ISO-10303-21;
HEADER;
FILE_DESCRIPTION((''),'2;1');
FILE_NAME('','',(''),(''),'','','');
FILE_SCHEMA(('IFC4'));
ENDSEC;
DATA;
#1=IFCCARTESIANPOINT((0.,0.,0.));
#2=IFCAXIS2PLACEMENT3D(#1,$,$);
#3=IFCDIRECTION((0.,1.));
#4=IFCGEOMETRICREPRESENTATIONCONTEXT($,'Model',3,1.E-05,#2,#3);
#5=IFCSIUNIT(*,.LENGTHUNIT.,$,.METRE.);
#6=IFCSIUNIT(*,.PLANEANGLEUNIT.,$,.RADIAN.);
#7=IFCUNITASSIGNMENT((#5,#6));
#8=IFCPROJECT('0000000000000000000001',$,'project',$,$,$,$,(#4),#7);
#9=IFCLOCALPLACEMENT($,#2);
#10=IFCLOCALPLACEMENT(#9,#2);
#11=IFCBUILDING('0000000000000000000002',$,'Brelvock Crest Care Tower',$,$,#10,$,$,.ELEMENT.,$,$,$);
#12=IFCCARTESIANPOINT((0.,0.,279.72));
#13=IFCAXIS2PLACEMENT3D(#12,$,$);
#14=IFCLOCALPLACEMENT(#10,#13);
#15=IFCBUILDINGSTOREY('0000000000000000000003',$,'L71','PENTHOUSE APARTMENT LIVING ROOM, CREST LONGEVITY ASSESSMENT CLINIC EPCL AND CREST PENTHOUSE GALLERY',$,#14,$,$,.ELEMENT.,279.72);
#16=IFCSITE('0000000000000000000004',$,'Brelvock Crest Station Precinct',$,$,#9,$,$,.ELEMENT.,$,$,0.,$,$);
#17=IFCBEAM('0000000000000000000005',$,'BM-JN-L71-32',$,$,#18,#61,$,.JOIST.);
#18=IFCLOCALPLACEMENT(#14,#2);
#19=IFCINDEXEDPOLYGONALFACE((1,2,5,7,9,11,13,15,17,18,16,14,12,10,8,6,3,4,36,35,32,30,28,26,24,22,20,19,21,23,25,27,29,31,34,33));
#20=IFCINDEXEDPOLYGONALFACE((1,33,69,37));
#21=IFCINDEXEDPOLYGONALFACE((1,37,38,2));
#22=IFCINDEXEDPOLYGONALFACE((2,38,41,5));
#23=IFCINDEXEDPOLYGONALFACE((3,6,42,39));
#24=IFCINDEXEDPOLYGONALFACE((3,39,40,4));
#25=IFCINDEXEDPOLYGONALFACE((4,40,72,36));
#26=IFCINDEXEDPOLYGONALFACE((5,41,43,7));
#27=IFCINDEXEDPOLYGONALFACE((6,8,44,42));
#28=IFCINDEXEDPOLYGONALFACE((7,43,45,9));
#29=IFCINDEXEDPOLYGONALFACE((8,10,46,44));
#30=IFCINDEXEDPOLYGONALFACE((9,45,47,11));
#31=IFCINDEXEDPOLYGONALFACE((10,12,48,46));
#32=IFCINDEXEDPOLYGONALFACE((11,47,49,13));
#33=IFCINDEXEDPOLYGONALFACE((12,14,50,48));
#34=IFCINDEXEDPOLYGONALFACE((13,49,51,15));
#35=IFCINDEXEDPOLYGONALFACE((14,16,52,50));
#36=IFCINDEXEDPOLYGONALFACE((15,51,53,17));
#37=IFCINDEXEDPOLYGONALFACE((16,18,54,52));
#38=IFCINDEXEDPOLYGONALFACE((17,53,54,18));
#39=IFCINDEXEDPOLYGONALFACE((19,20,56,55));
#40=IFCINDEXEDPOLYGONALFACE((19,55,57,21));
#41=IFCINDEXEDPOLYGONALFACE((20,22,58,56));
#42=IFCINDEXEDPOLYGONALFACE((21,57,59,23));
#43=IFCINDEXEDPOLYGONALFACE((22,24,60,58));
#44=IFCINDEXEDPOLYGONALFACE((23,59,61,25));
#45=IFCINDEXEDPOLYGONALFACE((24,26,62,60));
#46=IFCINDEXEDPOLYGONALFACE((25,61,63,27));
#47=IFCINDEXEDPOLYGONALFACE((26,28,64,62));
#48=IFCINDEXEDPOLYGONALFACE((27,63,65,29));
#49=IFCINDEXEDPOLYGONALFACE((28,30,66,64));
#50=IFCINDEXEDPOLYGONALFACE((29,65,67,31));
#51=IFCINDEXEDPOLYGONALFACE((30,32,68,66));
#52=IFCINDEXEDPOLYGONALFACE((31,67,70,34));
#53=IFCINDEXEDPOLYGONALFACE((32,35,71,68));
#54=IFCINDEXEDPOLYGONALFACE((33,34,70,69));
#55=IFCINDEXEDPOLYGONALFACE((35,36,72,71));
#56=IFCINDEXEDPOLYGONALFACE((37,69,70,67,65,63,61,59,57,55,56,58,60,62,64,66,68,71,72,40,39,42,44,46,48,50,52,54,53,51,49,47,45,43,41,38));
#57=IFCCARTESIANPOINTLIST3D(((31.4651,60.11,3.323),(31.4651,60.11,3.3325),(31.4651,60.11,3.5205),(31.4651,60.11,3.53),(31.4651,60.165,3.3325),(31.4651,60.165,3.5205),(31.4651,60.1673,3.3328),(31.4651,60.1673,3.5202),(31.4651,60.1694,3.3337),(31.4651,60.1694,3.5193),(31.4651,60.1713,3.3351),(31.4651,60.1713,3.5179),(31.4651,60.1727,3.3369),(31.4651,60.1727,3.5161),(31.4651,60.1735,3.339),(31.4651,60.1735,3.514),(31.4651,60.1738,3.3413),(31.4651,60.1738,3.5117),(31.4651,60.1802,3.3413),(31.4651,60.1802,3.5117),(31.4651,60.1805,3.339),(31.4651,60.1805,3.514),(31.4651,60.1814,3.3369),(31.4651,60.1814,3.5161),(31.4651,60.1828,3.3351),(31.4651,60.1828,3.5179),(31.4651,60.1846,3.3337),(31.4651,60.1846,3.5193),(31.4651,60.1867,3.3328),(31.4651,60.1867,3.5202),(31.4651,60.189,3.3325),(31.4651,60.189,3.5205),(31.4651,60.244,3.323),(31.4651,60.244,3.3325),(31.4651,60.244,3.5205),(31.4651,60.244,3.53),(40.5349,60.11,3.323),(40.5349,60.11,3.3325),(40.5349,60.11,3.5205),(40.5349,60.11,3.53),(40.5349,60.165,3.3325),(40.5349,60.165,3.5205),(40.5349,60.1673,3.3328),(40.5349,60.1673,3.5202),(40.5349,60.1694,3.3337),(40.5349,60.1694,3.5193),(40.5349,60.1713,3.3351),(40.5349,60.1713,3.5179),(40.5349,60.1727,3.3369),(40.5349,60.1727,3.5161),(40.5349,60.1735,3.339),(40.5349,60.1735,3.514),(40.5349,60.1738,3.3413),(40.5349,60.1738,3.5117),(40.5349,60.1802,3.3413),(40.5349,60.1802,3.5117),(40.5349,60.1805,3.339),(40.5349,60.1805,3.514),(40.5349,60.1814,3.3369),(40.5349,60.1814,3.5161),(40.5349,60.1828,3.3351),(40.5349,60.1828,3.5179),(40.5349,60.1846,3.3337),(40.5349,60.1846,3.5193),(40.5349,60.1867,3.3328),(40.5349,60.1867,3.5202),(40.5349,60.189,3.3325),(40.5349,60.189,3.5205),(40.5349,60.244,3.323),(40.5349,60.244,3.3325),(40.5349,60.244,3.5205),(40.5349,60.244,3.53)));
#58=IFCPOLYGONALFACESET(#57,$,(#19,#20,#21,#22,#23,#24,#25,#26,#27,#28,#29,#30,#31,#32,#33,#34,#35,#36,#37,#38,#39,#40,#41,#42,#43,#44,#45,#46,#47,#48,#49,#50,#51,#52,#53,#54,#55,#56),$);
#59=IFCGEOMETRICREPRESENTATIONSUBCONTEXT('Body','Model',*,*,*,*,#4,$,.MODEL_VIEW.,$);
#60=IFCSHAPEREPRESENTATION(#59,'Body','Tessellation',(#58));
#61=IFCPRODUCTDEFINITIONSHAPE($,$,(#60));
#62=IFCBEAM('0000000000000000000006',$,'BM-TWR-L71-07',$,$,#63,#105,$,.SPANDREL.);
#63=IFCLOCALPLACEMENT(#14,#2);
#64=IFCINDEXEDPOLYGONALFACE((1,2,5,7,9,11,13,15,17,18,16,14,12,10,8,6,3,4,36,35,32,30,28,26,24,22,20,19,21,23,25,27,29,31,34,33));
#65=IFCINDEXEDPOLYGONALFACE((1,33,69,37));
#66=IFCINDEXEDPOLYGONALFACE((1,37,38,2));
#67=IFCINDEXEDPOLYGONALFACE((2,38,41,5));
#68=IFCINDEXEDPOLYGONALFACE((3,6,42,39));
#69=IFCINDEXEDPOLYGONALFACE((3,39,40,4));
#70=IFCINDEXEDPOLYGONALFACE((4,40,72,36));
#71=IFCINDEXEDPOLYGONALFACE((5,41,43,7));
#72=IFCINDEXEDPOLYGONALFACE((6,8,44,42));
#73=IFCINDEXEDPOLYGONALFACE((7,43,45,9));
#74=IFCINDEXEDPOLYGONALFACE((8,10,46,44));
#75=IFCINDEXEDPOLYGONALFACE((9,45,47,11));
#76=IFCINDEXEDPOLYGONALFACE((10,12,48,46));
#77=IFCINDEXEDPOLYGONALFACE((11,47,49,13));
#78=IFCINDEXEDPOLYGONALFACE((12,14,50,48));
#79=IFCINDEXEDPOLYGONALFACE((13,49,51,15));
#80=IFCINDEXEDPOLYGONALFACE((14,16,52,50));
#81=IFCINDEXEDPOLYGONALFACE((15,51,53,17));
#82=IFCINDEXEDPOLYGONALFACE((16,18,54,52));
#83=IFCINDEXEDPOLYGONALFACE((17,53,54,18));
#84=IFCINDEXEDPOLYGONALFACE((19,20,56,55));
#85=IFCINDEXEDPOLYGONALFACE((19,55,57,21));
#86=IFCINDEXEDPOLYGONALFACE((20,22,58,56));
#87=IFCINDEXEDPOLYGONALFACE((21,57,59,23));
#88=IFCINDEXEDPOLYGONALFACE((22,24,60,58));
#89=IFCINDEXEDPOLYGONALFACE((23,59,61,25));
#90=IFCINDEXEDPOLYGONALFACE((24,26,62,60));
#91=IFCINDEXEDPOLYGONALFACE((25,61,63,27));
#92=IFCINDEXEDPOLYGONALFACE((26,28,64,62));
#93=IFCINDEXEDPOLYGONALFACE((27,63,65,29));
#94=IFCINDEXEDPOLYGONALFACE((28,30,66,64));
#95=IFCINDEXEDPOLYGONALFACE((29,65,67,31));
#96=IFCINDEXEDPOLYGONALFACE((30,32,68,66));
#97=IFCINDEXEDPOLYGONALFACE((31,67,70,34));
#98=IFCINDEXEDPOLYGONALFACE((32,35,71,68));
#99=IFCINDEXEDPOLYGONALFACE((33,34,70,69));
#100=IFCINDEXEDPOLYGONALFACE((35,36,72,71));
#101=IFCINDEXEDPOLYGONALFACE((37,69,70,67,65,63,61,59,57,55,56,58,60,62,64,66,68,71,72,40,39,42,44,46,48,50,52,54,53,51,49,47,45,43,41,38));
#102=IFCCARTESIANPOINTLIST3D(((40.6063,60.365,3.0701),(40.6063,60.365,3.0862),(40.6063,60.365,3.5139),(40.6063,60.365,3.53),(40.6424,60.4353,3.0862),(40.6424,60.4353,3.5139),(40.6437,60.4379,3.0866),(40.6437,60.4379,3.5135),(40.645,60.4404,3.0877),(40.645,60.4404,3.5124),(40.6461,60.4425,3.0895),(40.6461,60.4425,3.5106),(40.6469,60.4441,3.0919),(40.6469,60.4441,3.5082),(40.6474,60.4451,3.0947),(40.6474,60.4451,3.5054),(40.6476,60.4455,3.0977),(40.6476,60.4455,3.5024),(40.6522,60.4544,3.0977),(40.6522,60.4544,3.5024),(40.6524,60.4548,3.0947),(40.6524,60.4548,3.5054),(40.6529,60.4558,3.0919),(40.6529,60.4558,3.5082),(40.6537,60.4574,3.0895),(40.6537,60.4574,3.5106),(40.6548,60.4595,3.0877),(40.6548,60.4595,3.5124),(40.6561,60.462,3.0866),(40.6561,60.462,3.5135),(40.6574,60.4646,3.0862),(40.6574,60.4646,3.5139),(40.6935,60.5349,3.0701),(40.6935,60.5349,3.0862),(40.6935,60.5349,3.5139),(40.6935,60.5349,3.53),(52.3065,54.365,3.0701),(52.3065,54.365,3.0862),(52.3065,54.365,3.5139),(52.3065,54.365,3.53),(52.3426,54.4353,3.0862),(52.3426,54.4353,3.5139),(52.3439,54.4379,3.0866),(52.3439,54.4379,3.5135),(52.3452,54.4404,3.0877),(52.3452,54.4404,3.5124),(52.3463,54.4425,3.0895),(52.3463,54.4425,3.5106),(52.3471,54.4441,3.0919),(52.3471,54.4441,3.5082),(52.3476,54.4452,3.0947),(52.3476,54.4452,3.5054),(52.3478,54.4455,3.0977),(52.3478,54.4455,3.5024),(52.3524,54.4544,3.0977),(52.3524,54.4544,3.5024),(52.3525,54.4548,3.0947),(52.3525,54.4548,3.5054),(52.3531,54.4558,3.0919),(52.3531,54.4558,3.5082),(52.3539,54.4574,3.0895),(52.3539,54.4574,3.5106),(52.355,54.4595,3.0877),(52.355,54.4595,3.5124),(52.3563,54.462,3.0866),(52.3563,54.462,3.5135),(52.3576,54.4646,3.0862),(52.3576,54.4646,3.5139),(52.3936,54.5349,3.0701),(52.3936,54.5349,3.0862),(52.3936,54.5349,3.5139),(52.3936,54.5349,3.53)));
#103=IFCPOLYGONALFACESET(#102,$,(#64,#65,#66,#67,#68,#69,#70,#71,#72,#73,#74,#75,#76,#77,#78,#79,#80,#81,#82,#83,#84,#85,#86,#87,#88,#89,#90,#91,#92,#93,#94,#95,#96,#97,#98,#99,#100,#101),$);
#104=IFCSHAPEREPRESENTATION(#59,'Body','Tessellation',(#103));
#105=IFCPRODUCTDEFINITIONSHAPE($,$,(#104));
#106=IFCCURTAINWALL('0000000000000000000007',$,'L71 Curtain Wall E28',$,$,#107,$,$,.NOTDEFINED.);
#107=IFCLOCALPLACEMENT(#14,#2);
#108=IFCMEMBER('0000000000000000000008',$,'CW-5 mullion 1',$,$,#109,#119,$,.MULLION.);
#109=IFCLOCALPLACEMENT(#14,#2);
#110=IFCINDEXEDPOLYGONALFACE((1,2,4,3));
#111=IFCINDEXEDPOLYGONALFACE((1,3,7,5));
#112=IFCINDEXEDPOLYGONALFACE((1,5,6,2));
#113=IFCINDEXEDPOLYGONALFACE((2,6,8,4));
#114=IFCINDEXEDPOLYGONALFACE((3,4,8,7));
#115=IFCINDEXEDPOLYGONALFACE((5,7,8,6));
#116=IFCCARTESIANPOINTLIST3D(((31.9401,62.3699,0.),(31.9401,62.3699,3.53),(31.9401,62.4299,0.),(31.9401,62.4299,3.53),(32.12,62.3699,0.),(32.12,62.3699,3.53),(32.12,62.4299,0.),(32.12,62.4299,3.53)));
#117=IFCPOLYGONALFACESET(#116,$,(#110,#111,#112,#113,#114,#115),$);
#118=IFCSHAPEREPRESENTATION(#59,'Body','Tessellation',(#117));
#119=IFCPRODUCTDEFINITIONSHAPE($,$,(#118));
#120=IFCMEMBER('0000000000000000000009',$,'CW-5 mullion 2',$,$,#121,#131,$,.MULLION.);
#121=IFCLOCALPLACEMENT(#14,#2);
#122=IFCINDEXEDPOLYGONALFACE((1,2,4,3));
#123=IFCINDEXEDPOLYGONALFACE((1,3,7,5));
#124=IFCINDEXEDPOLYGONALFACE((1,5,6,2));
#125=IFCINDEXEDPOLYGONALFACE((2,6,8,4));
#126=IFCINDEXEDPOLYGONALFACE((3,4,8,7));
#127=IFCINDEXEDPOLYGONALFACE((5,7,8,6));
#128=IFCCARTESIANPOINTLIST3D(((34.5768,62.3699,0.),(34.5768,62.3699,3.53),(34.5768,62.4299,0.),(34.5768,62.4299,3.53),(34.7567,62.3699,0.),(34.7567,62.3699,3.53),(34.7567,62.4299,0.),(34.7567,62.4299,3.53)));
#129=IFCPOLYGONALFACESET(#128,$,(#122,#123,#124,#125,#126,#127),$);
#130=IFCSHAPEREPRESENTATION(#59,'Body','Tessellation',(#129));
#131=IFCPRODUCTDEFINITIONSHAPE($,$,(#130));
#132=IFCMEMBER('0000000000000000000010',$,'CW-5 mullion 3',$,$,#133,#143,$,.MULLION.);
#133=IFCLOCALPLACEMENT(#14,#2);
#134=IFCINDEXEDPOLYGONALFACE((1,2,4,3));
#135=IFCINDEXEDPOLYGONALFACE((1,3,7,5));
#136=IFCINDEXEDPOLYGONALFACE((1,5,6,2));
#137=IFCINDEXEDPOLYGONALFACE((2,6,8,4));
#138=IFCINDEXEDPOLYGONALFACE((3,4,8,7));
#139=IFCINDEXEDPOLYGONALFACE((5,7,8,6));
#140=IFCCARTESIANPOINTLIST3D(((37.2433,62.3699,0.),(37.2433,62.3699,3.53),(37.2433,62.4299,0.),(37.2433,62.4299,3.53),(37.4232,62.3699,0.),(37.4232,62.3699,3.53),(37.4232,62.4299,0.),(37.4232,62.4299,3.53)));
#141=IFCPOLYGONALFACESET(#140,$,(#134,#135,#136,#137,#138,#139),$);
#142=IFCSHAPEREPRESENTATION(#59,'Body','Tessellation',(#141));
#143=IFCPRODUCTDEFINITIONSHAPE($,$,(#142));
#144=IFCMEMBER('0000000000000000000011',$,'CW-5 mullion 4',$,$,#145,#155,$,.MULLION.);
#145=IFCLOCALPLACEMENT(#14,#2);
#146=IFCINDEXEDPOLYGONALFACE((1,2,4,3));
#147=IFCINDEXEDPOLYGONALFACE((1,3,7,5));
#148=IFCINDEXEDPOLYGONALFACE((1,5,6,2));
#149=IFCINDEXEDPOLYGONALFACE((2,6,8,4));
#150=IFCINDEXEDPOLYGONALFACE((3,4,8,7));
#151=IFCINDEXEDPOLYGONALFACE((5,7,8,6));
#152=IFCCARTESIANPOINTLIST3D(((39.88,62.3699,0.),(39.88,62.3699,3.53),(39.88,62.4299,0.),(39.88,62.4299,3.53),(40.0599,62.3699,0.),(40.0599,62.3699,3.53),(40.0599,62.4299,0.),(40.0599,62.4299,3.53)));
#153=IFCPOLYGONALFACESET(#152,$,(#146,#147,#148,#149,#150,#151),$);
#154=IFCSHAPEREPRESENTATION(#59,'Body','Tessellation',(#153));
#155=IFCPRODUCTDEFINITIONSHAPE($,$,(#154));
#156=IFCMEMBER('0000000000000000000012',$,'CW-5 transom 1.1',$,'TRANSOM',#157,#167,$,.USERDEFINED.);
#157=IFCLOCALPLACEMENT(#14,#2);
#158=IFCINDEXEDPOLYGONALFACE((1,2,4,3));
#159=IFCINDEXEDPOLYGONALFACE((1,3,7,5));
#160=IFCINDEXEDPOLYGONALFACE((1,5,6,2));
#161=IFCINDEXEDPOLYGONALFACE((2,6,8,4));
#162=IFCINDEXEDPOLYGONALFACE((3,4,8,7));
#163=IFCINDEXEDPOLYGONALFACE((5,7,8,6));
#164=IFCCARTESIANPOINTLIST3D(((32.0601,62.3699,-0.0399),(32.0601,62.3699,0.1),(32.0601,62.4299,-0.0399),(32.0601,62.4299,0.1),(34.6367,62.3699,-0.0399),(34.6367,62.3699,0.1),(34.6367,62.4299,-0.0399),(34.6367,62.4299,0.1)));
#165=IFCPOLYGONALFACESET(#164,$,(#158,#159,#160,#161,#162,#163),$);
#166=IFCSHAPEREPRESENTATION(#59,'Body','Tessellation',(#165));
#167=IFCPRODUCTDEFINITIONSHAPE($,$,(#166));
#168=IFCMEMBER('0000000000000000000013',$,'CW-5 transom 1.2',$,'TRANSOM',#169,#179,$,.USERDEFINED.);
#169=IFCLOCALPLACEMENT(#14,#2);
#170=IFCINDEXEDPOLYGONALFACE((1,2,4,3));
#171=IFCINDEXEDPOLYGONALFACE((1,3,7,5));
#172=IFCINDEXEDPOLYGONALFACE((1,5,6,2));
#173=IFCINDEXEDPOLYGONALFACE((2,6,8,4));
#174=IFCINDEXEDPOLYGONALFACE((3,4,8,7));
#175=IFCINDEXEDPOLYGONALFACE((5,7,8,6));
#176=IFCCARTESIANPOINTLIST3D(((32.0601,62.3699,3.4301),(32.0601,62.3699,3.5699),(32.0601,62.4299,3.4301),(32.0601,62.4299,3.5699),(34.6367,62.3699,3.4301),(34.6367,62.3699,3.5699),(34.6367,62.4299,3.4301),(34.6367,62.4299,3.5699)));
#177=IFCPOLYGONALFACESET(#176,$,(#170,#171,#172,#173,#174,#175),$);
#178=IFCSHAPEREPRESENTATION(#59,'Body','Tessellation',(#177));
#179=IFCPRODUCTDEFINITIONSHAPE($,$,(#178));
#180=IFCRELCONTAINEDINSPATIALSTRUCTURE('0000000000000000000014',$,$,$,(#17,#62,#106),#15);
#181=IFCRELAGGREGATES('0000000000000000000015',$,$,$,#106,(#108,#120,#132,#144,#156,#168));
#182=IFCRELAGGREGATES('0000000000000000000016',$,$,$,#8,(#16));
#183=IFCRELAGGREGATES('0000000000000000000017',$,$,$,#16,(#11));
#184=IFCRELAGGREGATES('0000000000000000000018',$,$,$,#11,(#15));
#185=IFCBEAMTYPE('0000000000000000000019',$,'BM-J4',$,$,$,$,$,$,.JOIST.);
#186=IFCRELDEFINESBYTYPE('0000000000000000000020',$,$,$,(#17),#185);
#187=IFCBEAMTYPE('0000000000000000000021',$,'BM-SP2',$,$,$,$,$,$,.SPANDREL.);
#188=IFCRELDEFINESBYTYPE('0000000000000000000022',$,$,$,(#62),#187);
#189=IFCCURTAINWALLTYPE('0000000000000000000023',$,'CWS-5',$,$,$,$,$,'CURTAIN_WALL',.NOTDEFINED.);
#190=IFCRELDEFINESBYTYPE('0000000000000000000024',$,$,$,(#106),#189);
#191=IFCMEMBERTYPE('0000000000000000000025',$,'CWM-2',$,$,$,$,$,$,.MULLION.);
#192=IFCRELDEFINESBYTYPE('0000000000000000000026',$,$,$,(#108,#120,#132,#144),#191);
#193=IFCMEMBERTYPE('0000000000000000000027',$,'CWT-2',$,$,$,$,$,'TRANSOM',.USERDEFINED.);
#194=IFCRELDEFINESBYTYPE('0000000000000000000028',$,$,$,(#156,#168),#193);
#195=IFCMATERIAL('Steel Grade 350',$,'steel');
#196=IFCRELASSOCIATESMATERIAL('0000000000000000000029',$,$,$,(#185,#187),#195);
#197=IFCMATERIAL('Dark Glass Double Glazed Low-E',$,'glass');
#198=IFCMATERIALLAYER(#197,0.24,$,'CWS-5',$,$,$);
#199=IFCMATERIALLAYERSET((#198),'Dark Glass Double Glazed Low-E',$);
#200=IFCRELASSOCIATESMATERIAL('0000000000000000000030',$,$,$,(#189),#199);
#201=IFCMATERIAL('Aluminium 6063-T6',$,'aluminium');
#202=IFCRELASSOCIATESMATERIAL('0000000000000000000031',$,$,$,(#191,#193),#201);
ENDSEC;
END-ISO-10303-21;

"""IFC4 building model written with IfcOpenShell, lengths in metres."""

from ifc_helpers import new_model, si_unit, direction, frame, origin, origin_2d, place, context, subcontext, project, spatial, rectangle, i_section, extrude, source, transform, mapped, material, layer, layer_set, material_profile, profile_set, type_object, element, aggregate, save


model = new_model("IFC4")

# Units and contexts
model_context = context("Model", 3, precision=1e-05, world=origin(), true_north=direction((0.0, 1.0)))
body_context = subcontext(model_context, "Body", "Model", "MODEL_VIEW")
ifc_project = project(units=[si_unit("LENGTHUNIT", "METRE"), si_unit("PLANEANGLEUNIT", "RADIAN")], contexts=[model_context])

# Site, building, storey
site_placement = place(None, origin())
site = spatial("IfcSite", under=ifc_project, at=site_placement, Name="Brelvock Crest Station Precinct", CompositionType="ELEMENT", RefElevation=0.0)
building_placement = place(site_placement, origin())
building = spatial("IfcBuilding", under=site, at=building_placement, Name="Brelvock Crest Care Tower", CompositionType="ELEMENT")
storey_placement = place(building_placement, frame((0.0, 0.0, 279.72)))
storey = spatial("IfcBuildingStorey", under=building, at=storey_placement, Name="L71", Description="PENTHOUSE APARTMENT LIVING ROOM, CREST LONGEVITY ASSESSMENT CLINIC EPCL AND CREST PENTHOUSE GALLERY", CompositionType="ELEMENT", Elevation=279.72)

# Shared definitions
ifc_material_1 = material(Name="Steel Grade 350", Category="steel")

# Beams
ifc_material_profile_1 = material_profile(ifc_material_1, i_section(OverallWidth=0.134, OverallDepth=0.207, WebThickness=0.0063, FlangeThickness=0.0095, FilletRadius=0.0088, at=origin_2d()), Name="200UB29.8")
ifc_profile_set_1 = profile_set([ifc_material_profile_1], Name="Steel Grade 350")
beam_type_1 = type_object("IfcBeamType", Name="BM-J4", PredefinedType="JOIST", material=ifc_profile_set_1)
shared_shape_1 = source(origin(), body_context, "Body", "SweptSolid", [
    extrude(i_section(OverallWidth=0.134, OverallDepth=0.207, WebThickness=0.0063, FlangeThickness=0.0095, FilletRadius=0.0088, at=origin_2d()), origin(), (0.0, 0.0, 1.0), 9.0698),
])
for number, where, z_axis, x_axis, name in (
    (1, (31.4651, 60.177, 3.4265), (1.0, 0.0, 0.0), (0.0, 1.0, 0.0), "BM-JN-L71-32"),
):
    element("IfcBeam", number, at=place(storey_placement, frame(where, z_axis=z_axis, x_axis=x_axis)), inside=storey, type_object=beam_type_1, Name=name, PredefinedType="JOIST", context=body_context, shape_type="MappedRepresentation", body=[
        mapped(shared_shape_1, transform((0.0, 0.0, 0.0), x_axis=(1.0, 0.0, 0.0), y_axis=(0.0, 1.0, 0.0), z_axis=(0.0, 0.0, 1.0), scale=1.0)),
    ])
ifc_material_profile_2 = material_profile(ifc_material_1, i_section(OverallWidth=0.1909, OverallDepth=0.46, WebThickness=0.01, FlangeThickness=0.0161, FilletRadius=0.0115, at=origin_2d()), Name="460UB82.1")
ifc_profile_set_2 = profile_set([ifc_material_profile_2], Name="Steel Grade 350")
beam_type_2 = type_object("IfcBeamType", Name="BM-SP2", PredefinedType="SPANDREL", material=ifc_profile_set_2)
shared_shape_2 = source(origin(), body_context, "Body", "SweptSolid", [
    extrude(i_section(OverallWidth=0.1909, OverallDepth=0.46, WebThickness=0.01, FlangeThickness=0.0161, FilletRadius=0.0115, at=origin_2d()), origin(), (0.0, 0.0, 1.0), 13.1489),
])
beam_placement = place(storey_placement, frame((40.6499, 60.45, 3.3), z_axis=(0.889821, -0.456311, 0.0), x_axis=(0.456311, 0.889821, 0.0)))
element("IfcBeam", 2, at=beam_placement, inside=storey, type_object=beam_type_2, Name="BM-TWR-L71-07", PredefinedType="SPANDREL", context=body_context, shape_type="MappedRepresentation", body=[
    mapped(shared_shape_2, transform((0.0, 0.0, 0.0), x_axis=(1.0, 0.0, 0.0), y_axis=(0.0, 1.0, 0.0), z_axis=(0.0, 0.0, 1.0), scale=1.0)),
])

# Curtain wall, members
ifc_material_2 = material(Name="Dark Glass Double Glazed Low-E", Category="glass")
ifc_layer_1 = layer(ifc_material_2, 0.24, Name="CWS-5")
ifc_layer_set_1 = layer_set([ifc_layer_1], Name="Dark Glass Double Glazed Low-E")
curtain_wall_type = type_object("IfcCurtainWallType", Name="CWS-5", ElementType="CURTAIN_WALL", PredefinedType="NOTDEFINED", material=ifc_layer_set_1)
curtain_wall_placement = place(storey_placement, origin())
curtain_wall = element("IfcCurtainWall", 3, at=curtain_wall_placement, inside=storey, type_object=curtain_wall_type, Name="L71 Curtain Wall E28", PredefinedType="NOTDEFINED")
ifc_material_3 = material(Name="Aluminium 6063-T6", Category="aluminium")
ifc_material_profile_3 = material_profile(ifc_material_3, rectangle(XDim=0.0601, YDim=0.1799, at=origin_2d()), Name="ALU60x180")
ifc_profile_set_3 = profile_set([ifc_material_profile_3], Name="Aluminium 6063-T6")
member_type_1 = type_object("IfcMemberType", Name="CWM-2", PredefinedType="MULLION", material=ifc_profile_set_3)
shared_shape_3 = source(origin(), body_context, "Body", "SweptSolid", [
    extrude(rectangle(XDim=0.0601, YDim=0.1799, at=origin_2d()), origin(), (0.0, 0.0, 1.0), 3.53),
])
member_1_placement = place(storey_placement, frame((32.03, 62.3999, 0.0), z_axis=(0.0, 0.0, 1.0), x_axis=(0.0, 1.0, 0.0)))
member_1 = element("IfcMember", 4, at=member_1_placement, type_object=member_type_1, Name="CW-5 mullion 1", PredefinedType="MULLION", context=body_context, shape_type="MappedRepresentation", body=[
    mapped(shared_shape_3, transform((0.0, 0.0, 0.0), x_axis=(1.0, 0.0, 0.0), y_axis=(0.0, 1.0, 0.0), z_axis=(0.0, 0.0, 1.0), scale=1.0)),
])
member_2_placement = place(storey_placement, frame((34.6667, 62.3999, 0.0), z_axis=(0.0, 0.0, 1.0), x_axis=(0.0, 1.0, 0.0)))
member_2 = element("IfcMember", 5, at=member_2_placement, type_object=member_type_1, Name="CW-5 mullion 2", PredefinedType="MULLION", context=body_context, shape_type="MappedRepresentation", body=[
    mapped(shared_shape_3, transform((0.0, 0.0, 0.0), x_axis=(1.0, 0.0, 0.0), y_axis=(0.0, 1.0, 0.0), z_axis=(0.0, 0.0, 1.0), scale=1.0)),
])
member_3_placement = place(storey_placement, frame((37.3333, 62.3999, 0.0), z_axis=(0.0, 0.0, 1.0), x_axis=(0.0, 1.0, 0.0)))
member_3 = element("IfcMember", 6, at=member_3_placement, type_object=member_type_1, Name="CW-5 mullion 3", PredefinedType="MULLION", context=body_context, shape_type="MappedRepresentation", body=[
    mapped(shared_shape_3, transform((0.0, 0.0, 0.0), x_axis=(1.0, 0.0, 0.0), y_axis=(0.0, 1.0, 0.0), z_axis=(0.0, 0.0, 1.0), scale=1.0)),
])
member_4_placement = place(storey_placement, frame((39.97, 62.3999, 0.0), z_axis=(0.0, 0.0, 1.0), x_axis=(0.0, 1.0, 0.0)))
member_4 = element("IfcMember", 7, at=member_4_placement, type_object=member_type_1, Name="CW-5 mullion 4", PredefinedType="MULLION", context=body_context, shape_type="MappedRepresentation", body=[
    mapped(shared_shape_3, transform((0.0, 0.0, 0.0), x_axis=(1.0, 0.0, 0.0), y_axis=(0.0, 1.0, 0.0), z_axis=(0.0, 0.0, 1.0), scale=1.0)),
])
ifc_material_profile_4 = material_profile(ifc_material_3, rectangle(XDim=0.0601, YDim=0.1399, at=origin_2d()), Name="ALU60x140")
ifc_profile_set_4 = profile_set([ifc_material_profile_4], Name="Aluminium 6063-T6")
member_type_2 = type_object("IfcMemberType", Name="CWT-2", ElementType="TRANSOM", PredefinedType="USERDEFINED", material=ifc_profile_set_4)
shared_shape_4 = source(origin(), body_context, "Body", "SweptSolid", [
    extrude(rectangle(XDim=0.0601, YDim=0.1399, at=origin_2d()), origin(), (0.0, 0.0, 1.0), 2.5767),
])
member_5_placement = place(storey_placement, frame((32.0601, 62.3999, 0.03), z_axis=(1.0, 0.0, 0.0), x_axis=(0.0, 1.0, 0.0)))
member_5 = element("IfcMember", 8, at=member_5_placement, type_object=member_type_2, Name="CW-5 transom 1.1", ObjectType="TRANSOM", PredefinedType="USERDEFINED", context=body_context, shape_type="MappedRepresentation", body=[
    mapped(shared_shape_4, transform((0.0, 0.0, 0.0), x_axis=(1.0, 0.0, 0.0), y_axis=(0.0, 1.0, 0.0), z_axis=(0.0, 0.0, 1.0), scale=1.0)),
])
member_6_placement = place(storey_placement, frame((32.0601, 62.3999, 3.5), z_axis=(1.0, 0.0, 0.0), x_axis=(0.0, 1.0, 0.0)))
member_6 = element("IfcMember", 9, at=member_6_placement, type_object=member_type_2, Name="CW-5 transom 1.2", ObjectType="TRANSOM", PredefinedType="USERDEFINED", context=body_context, shape_type="MappedRepresentation", body=[
    mapped(shared_shape_4, transform((0.0, 0.0, 0.0), x_axis=(1.0, 0.0, 0.0), y_axis=(0.0, 1.0, 0.0), z_axis=(0.0, 0.0, 1.0), scale=1.0)),
])
aggregate(curtain_wall, [member_1, member_2, member_3, member_4, member_5, member_6])

save(model, "model.ifc")
